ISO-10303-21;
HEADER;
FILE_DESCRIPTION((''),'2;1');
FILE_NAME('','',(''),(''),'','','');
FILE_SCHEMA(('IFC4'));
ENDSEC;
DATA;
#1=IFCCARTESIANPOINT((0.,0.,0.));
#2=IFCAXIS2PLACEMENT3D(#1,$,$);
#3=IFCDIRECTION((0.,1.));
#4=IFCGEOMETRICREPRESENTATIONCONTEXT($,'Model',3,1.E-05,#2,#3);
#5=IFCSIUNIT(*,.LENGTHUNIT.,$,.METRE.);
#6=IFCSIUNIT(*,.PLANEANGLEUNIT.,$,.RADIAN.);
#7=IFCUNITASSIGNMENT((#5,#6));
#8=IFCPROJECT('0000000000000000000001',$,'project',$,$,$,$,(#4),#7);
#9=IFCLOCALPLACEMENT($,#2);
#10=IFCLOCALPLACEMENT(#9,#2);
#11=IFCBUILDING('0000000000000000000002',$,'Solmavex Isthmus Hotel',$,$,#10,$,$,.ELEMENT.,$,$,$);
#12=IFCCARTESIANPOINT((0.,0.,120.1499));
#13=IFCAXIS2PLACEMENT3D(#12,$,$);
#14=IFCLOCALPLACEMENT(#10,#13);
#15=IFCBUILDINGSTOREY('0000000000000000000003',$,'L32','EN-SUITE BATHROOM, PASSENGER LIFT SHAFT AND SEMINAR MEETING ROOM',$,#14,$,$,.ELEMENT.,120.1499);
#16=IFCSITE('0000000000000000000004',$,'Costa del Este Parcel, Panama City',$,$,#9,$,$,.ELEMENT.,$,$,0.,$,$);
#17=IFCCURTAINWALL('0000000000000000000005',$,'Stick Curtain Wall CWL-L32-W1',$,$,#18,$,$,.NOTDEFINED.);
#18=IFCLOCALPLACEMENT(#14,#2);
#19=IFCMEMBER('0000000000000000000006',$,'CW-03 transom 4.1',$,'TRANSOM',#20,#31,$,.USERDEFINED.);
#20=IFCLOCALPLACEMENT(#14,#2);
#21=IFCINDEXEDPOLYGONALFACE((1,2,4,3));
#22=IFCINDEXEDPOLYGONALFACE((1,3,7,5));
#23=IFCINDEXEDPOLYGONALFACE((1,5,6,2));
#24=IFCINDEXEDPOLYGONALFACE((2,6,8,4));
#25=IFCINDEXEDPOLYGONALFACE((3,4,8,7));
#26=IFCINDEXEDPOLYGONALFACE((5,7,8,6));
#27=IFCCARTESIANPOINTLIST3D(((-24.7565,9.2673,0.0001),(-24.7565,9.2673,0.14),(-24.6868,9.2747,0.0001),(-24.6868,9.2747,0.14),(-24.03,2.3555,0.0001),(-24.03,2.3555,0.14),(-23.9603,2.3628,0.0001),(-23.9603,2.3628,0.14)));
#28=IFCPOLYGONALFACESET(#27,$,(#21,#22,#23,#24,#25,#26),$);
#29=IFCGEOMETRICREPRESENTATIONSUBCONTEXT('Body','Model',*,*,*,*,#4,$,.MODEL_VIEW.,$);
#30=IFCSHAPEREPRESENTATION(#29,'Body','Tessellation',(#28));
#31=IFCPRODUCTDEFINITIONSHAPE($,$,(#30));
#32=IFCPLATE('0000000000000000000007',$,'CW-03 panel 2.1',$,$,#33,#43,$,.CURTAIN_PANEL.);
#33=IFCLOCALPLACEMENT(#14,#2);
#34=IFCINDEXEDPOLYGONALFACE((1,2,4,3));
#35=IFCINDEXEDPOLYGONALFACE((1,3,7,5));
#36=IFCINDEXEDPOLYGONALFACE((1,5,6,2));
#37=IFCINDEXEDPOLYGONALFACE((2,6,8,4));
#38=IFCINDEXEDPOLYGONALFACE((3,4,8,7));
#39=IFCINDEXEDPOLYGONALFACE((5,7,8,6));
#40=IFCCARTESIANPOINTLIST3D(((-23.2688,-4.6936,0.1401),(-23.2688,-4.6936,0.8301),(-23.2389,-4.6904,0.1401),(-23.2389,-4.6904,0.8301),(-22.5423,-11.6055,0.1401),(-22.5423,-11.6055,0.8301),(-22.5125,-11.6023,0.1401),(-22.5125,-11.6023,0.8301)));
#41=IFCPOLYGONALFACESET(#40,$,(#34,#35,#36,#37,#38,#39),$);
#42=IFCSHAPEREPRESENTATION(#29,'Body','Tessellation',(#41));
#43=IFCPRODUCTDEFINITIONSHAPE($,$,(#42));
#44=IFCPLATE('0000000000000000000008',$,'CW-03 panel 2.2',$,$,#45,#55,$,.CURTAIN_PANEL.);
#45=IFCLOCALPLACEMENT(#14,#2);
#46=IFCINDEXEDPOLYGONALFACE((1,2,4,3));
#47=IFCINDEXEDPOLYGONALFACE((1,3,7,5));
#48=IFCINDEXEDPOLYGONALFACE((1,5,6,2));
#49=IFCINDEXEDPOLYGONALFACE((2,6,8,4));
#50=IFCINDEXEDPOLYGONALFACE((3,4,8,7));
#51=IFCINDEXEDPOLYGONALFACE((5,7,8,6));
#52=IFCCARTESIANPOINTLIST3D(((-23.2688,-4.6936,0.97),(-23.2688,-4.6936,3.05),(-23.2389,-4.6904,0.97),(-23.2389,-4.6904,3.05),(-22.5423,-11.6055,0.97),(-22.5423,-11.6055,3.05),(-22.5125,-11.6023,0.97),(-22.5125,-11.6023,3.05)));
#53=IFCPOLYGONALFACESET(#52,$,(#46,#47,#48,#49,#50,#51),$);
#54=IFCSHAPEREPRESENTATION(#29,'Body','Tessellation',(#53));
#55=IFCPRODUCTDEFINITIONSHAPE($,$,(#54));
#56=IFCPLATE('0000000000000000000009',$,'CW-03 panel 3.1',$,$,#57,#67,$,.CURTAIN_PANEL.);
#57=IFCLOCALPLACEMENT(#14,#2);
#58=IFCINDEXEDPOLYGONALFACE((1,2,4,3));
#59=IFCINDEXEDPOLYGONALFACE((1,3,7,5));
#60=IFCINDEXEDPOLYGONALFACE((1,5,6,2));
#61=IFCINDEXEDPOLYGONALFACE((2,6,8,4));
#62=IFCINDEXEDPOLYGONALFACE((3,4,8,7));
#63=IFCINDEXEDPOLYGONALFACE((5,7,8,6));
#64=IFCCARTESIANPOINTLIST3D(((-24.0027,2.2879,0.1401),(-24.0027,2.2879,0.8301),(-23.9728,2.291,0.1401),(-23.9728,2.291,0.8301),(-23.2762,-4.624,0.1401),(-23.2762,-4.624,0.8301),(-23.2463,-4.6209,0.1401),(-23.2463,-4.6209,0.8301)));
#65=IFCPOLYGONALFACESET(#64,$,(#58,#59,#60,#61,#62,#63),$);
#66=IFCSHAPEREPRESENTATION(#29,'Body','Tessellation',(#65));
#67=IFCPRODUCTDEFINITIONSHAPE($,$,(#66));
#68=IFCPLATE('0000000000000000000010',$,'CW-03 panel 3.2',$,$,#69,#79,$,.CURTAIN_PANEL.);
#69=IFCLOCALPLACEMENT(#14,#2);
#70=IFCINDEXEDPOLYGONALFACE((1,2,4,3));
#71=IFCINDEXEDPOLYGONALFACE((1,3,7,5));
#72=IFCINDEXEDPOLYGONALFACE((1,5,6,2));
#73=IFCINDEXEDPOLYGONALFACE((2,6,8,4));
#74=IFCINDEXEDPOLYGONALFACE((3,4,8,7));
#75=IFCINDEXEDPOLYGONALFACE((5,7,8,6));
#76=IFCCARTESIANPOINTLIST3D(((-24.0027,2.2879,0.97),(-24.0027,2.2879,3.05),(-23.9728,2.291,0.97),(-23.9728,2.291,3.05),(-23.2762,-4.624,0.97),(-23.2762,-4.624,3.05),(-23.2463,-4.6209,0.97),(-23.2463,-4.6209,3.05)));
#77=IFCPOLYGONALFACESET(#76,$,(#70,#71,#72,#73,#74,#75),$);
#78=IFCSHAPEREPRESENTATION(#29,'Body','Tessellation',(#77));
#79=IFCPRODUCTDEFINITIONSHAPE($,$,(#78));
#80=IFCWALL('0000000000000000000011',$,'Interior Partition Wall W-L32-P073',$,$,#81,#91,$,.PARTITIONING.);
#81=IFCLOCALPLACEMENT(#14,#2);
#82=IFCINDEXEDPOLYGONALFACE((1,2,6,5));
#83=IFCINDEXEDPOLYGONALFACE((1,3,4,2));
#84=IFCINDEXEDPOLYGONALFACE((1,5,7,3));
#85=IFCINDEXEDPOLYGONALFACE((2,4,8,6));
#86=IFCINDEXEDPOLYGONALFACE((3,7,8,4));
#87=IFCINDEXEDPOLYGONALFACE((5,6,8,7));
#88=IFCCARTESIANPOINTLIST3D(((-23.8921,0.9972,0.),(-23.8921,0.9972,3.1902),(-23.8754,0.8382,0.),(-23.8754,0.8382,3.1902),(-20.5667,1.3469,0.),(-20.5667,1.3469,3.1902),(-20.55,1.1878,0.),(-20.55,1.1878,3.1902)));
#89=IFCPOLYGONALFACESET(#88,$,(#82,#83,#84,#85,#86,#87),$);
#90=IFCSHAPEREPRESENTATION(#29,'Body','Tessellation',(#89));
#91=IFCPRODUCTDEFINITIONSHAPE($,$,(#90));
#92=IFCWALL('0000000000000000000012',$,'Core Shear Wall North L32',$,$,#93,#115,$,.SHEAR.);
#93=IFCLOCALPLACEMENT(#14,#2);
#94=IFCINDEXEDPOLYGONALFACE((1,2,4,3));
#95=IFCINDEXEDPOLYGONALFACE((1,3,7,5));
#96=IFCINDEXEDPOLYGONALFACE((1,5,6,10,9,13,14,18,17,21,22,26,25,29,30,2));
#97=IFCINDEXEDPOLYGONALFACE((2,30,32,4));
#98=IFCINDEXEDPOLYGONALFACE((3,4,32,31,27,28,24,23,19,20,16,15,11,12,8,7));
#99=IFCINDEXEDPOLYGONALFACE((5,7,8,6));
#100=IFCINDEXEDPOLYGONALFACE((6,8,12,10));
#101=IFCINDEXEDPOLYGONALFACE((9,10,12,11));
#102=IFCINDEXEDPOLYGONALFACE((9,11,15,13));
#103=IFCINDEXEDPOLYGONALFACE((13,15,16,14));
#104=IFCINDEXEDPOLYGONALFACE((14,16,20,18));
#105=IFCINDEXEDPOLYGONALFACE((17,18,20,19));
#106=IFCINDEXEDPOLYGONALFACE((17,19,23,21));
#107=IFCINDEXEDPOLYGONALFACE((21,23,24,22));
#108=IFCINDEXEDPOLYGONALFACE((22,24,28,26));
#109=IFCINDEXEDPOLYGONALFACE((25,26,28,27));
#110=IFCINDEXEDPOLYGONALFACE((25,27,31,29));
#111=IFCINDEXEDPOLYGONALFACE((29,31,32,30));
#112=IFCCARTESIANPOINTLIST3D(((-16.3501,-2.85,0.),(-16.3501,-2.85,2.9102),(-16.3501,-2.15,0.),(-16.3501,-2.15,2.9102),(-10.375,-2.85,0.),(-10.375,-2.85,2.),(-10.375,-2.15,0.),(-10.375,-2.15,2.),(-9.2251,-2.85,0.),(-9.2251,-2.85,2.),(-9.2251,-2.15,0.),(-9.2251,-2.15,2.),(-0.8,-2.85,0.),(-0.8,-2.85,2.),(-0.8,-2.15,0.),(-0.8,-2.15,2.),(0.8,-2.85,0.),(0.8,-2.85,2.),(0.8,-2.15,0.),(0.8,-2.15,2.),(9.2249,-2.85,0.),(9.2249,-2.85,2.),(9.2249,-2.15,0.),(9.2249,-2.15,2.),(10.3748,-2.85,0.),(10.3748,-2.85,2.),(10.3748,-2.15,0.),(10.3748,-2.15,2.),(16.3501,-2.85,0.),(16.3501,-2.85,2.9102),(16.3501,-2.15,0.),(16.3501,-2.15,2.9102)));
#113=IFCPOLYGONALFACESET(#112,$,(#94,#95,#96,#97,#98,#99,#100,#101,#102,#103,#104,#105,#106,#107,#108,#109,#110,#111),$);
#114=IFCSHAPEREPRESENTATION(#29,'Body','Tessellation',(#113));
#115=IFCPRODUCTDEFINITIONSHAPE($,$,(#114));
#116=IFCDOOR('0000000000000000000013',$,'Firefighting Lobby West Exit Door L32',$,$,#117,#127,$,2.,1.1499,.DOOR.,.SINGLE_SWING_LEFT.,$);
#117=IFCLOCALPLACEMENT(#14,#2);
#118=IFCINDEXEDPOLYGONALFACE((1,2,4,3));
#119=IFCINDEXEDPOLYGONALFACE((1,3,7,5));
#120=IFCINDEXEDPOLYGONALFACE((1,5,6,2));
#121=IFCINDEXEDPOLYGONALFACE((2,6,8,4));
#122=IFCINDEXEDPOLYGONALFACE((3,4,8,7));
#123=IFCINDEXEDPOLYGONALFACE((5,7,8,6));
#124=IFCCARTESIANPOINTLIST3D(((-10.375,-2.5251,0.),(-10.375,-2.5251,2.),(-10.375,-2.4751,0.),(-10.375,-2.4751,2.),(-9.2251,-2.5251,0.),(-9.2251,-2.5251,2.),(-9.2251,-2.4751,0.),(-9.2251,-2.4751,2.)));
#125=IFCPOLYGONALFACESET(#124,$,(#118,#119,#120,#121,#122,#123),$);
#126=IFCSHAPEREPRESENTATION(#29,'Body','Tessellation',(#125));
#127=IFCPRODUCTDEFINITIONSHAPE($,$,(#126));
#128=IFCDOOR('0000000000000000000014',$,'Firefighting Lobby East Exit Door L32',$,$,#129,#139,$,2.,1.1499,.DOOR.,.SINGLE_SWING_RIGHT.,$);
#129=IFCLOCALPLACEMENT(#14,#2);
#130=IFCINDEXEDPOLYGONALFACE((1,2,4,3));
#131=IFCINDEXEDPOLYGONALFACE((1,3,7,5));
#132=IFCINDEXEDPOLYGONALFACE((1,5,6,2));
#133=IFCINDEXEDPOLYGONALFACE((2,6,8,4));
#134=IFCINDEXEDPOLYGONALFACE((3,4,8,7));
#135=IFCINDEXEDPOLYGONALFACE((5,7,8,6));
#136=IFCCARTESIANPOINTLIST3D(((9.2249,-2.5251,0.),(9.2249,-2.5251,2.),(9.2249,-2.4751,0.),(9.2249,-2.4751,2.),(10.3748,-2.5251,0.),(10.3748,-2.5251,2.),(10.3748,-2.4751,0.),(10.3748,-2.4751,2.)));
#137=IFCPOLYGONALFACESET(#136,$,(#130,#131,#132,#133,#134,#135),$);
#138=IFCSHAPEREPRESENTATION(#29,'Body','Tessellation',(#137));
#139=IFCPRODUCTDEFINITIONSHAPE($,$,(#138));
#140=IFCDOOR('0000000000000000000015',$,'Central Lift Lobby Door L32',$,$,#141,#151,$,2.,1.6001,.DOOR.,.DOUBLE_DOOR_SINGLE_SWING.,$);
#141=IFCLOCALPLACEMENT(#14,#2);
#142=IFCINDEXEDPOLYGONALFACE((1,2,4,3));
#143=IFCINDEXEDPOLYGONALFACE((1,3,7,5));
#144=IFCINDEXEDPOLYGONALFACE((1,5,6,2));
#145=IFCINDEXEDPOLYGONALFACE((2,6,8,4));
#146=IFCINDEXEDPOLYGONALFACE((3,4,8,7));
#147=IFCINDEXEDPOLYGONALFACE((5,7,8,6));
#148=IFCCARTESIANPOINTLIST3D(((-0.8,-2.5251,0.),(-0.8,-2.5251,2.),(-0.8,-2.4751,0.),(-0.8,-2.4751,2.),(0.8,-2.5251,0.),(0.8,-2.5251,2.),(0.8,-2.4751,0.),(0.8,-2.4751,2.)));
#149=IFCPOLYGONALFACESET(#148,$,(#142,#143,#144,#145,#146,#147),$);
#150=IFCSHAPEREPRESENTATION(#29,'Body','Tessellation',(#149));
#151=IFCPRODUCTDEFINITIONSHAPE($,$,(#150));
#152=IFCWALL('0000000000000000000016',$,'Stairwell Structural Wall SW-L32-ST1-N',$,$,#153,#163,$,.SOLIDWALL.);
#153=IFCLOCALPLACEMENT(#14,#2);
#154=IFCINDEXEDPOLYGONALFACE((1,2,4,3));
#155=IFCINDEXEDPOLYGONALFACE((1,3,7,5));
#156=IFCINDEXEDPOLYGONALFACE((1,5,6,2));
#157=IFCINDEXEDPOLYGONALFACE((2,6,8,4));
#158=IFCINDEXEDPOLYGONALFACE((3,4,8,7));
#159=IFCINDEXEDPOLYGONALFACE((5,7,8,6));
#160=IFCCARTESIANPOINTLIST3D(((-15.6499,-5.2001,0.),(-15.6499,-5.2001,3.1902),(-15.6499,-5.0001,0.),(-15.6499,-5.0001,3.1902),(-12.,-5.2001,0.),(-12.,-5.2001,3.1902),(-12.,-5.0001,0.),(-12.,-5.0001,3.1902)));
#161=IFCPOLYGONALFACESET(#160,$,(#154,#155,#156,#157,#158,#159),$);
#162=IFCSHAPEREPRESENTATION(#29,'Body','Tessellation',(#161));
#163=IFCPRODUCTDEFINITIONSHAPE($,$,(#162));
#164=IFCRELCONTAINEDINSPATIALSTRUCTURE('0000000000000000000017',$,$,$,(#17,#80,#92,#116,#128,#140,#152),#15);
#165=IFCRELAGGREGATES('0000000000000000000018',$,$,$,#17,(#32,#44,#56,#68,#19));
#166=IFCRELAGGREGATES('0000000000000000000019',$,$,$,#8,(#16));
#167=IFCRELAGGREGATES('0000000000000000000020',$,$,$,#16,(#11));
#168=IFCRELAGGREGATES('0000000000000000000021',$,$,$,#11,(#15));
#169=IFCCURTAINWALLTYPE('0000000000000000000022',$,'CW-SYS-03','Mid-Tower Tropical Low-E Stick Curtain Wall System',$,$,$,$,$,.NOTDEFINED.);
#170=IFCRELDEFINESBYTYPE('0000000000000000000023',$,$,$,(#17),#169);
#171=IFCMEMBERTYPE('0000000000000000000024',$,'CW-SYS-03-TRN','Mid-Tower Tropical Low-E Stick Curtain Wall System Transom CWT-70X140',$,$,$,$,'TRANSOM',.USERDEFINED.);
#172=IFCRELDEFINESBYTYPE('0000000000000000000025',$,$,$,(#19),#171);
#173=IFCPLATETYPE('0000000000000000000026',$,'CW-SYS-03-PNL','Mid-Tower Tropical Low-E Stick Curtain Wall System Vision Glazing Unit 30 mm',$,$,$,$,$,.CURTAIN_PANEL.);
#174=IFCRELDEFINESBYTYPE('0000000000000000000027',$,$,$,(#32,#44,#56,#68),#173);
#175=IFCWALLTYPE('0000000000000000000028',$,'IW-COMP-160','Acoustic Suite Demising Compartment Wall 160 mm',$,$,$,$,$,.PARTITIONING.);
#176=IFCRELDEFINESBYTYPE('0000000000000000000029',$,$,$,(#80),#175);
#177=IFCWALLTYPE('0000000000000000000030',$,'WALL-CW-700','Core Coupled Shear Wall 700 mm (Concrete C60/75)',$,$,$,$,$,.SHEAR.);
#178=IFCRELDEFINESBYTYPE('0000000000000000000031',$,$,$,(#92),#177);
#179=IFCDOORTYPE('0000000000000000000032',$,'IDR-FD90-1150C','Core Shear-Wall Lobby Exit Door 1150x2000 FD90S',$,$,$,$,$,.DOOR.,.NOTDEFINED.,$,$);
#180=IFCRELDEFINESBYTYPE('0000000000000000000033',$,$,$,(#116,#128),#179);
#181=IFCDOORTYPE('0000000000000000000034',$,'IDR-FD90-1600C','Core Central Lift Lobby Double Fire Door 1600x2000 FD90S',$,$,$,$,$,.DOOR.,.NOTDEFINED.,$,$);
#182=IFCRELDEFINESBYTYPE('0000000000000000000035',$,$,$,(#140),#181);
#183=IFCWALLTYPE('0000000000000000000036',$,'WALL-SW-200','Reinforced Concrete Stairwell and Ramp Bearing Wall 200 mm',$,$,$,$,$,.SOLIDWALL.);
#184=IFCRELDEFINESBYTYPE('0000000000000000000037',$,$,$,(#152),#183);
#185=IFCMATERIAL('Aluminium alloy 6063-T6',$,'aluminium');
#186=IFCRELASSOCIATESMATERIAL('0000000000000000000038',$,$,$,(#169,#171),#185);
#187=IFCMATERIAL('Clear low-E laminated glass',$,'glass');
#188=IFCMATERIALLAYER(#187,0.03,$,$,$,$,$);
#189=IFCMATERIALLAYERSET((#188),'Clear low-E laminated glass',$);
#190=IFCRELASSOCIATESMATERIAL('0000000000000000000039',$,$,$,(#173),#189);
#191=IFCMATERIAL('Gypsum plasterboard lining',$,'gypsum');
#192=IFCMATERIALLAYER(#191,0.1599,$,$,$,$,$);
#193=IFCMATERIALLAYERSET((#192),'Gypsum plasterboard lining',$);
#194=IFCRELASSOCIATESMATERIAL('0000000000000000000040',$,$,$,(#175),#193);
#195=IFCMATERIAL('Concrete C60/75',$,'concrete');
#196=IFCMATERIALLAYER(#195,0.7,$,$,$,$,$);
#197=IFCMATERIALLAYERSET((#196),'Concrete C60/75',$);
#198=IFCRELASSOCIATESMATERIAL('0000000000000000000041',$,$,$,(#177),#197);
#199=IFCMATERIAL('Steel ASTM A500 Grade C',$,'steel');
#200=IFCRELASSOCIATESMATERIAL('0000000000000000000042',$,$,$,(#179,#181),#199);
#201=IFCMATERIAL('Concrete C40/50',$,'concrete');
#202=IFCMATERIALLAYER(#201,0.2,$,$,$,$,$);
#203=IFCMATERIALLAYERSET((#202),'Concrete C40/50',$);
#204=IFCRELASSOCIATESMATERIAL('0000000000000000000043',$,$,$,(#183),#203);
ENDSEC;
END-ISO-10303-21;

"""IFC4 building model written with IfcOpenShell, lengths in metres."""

from ifc_helpers import new_model, si_unit, direction, frame, frame_2d, origin, origin_2d, place, context, subcontext, project, spatial, rectangle, extrude, material, layer, layer_set, material_profile, profile_set, type_object, element, fill, aggregate, save


model = new_model("IFC4")

# Units and contexts
model_context = context("Model", 3, precision=1e-05, world=origin(), true_north=direction((0.0, 1.0)))
body_context = subcontext(model_context, "Body", "Model", "MODEL_VIEW")
ifc_project = project(units=[si_unit("LENGTHUNIT", "METRE"), si_unit("PLANEANGLEUNIT", "RADIAN")], contexts=[model_context])

# Site, building, storey
site_placement = place(None, origin())
site = spatial("IfcSite", under=ifc_project, at=site_placement, Name="Costa del Este Parcel, Panama City", CompositionType="ELEMENT", RefElevation=0.0)
building_placement = place(site_placement, origin())
building = spatial("IfcBuilding", under=site, at=building_placement, Name="Solmavex Isthmus Hotel", CompositionType="ELEMENT")
storey_placement = place(building_placement, frame((0.0, 0.0, 120.1499)))
storey = spatial("IfcBuildingStorey", under=building, at=storey_placement, Name="L32", Description="EN-SUITE BATHROOM, PASSENGER LIFT SHAFT AND SEMINAR MEETING ROOM", CompositionType="ELEMENT", Elevation=120.1499)

# Shared definitions
ifc_material_1 = material(Name="Concrete C60/75", Category="concrete")

# Curtain wall, member, plates
ifc_material_2 = material(Name="Aluminium alloy 6063-T6", Category="aluminium")
curtain_wall_type = type_object("IfcCurtainWallType", Name="CW-SYS-03", Description="Mid-Tower Tropical Low-E Stick Curtain Wall System", PredefinedType="NOTDEFINED", material=ifc_material_2)
curtain_wall_placement = place(storey_placement, origin())
curtain_wall = element("IfcCurtainWall", 1, at=curtain_wall_placement, inside=storey, type_object=curtain_wall_type, Name="Stick Curtain Wall CWL-L32-W1", PredefinedType="NOTDEFINED")
ifc_material_profile_1 = material_profile(ifc_material_2, rectangle(XDim=0.0701, YDim=0.1399, at=origin_2d()), Name="CWT-70X140")
ifc_profile_set_1 = profile_set([ifc_material_profile_1], Name="Aluminium alloy 6063-T6")
member_type_1 = type_object("IfcMemberType", Name="CW-SYS-03-TRN", Description="Mid-Tower Tropical Low-E Stick Curtain Wall System Transom CWT-70X140", ElementType="TRANSOM", PredefinedType="USERDEFINED", material=ifc_profile_set_1)
member_1_placement = place(storey_placement, frame((-23.9951, 2.3591, 0.0701), z_axis=(-0.104542, 0.99452, 0.0), x_axis=(-0.99452, -0.104542, 0.0)))
member_1 = element("IfcMember", 2, at=member_1_placement, type_object=member_type_1, Name="CW-03 transom 4.1", ObjectType="TRANSOM", PredefinedType="USERDEFINED", context=body_context, shape_type="SweptSolid", body=[
    extrude(rectangle(XDim=0.0701, YDim=0.1399, at=origin_2d()), origin(), (0.0, 0.0, 1.0), 6.95),
])
ifc_material_3 = material(Name="Clear low-E laminated glass", Category="glass")
ifc_layer_1 = layer(ifc_material_3, 0.03)
ifc_layer_set_1 = layer_set([ifc_layer_1], Name="Clear low-E laminated glass")
plate_type = type_object("IfcPlateType", Name="CW-SYS-03-PNL", Description="Mid-Tower Tropical Low-E Stick Curtain Wall System Vision Glazing Unit 30 mm", PredefinedType="CURTAIN_PANEL", material=ifc_layer_set_1)
plate_1_placement = place(storey_placement, frame((-22.8906, -8.1479, 0.1401), z_axis=(0.0, 0.0, 1.0), x_axis=(-0.104528, 0.994522, 0.0)))
plate_1 = element("IfcPlate", 3, at=plate_1_placement, type_object=plate_type, Name="CW-03 panel 2.1", PredefinedType="CURTAIN_PANEL", context=body_context, shape_type="SweptSolid", body=[
    extrude(rectangle(XDim=6.95, YDim=0.03, at=origin_2d()), origin(), (0.0, 0.0, 1.0), 0.6899),
])
plate_2_placement = place(storey_placement, frame((-22.8906, -8.1479, 0.97), z_axis=(0.0, 0.0, 1.0), x_axis=(-0.104528, 0.994522, 0.0)))
plate_2 = element("IfcPlate", 4, at=plate_2_placement, type_object=plate_type, Name="CW-03 panel 2.2", PredefinedType="CURTAIN_PANEL", context=body_context, shape_type="SweptSolid", body=[
    extrude(rectangle(XDim=6.95, YDim=0.03, at=origin_2d()), origin(), (0.0, 0.0, 1.0), 2.0801),
])
plate_3_placement = place(storey_placement, frame((-23.6245, -1.1665, 0.1401), z_axis=(0.0, 0.0, 1.0), x_axis=(-0.104528, 0.994522, 0.0)))
plate_3 = element("IfcPlate", 5, at=plate_3_placement, type_object=plate_type, Name="CW-03 panel 3.1", PredefinedType="CURTAIN_PANEL", context=body_context, shape_type="SweptSolid", body=[
    extrude(rectangle(XDim=6.95, YDim=0.03, at=origin_2d()), origin(), (0.0, 0.0, 1.0), 0.6899),
])
plate_4_placement = place(storey_placement, frame((-23.6245, -1.1665, 0.97), z_axis=(0.0, 0.0, 1.0), x_axis=(-0.104528, 0.994522, 0.0)))
plate_4 = element("IfcPlate", 6, at=plate_4_placement, type_object=plate_type, Name="CW-03 panel 3.2", PredefinedType="CURTAIN_PANEL", context=body_context, shape_type="SweptSolid", body=[
    extrude(rectangle(XDim=6.95, YDim=0.03, at=origin_2d()), origin(), (0.0, 0.0, 1.0), 2.0801),
])
aggregate(curtain_wall, [plate_1, plate_2, plate_3, plate_4, member_1])

# Wall
ifc_material_4 = material(Name="Gypsum plasterboard lining", Category="gypsum")
ifc_layer_2 = layer(ifc_material_4, 0.1599)
ifc_layer_set_2 = layer_set([ifc_layer_2], Name="Gypsum plasterboard lining")
wall_type_1 = type_object("IfcWallType", Name="IW-COMP-160", Description="Acoustic Suite Demising Compartment Wall 160 mm", PredefinedType="PARTITIONING", material=ifc_layer_set_2)
wall_1_placement = place(storey_placement, frame((-20.5583, 1.2673, 0.0), z_axis=(0.0, 0.0, 1.0), x_axis=(-0.994519, -0.104556, 0.0)))
element("IfcWall", 7, at=wall_1_placement, inside=storey, type_object=wall_type_1, Name="Interior Partition Wall W-L32-P073", PredefinedType="PARTITIONING", context=body_context, shape_type="SweptSolid", body=[
    extrude(rectangle(XDim=3.3438, YDim=0.1599, at=frame_2d((1.6719, 0.0))), origin(), (0.0, 0.0, 1.0), 3.1902),
])

# Wall, openings, doors
ifc_layer_3 = layer(ifc_material_1, 0.7)
ifc_layer_set_3 = layer_set([ifc_layer_3], Name="Concrete C60/75")
wall_type_2 = type_object("IfcWallType", Name="WALL-CW-700", Description="Core Coupled Shear Wall 700 mm (Concrete C60/75)", PredefinedType="SHEAR", material=ifc_layer_set_3)
wall_2_placement = place(storey_placement, frame((-16.3501, -2.5, 0.0), z_axis=(0.0, 0.0, 1.0), x_axis=(1.0, 0.0, 0.0)))
wall_2 = element("IfcWall", 8, at=wall_2_placement, inside=storey, type_object=wall_type_2, Name="Core Shear Wall North L32", PredefinedType="SHEAR", context=body_context, shape_type="SweptSolid", body=[
    extrude(rectangle(XDim=32.7002, YDim=0.7, at=frame_2d((16.3501, 0.0))), origin(), (0.0, 0.0, 1.0), 2.9102),
])
opening_1_placement = place(wall_2_placement, frame((5.9751, 0.0, 0.0)))
opening_1 = element("IfcOpeningElement", 9, at=opening_1_placement, cuts=wall_2, PredefinedType="OPENING", context=body_context, shape_type="SweptSolid", body=[
    extrude(rectangle(XDim=1.1499, YDim=2.0, at=frame_2d((0.575, 1.0))), frame((0.0, 0.3599, 0.0), z_axis=(0.0, -1.0, 0.0), x_axis=(1.0, 0.0, 0.0)), (0.0, 0.0, 1.0), 0.72),
])
opening_2_placement = place(wall_2_placement, frame((15.55, 0.0, 0.0)))
opening_2 = element("IfcOpeningElement", 10, at=opening_2_placement, cuts=wall_2, PredefinedType="OPENING", context=body_context, shape_type="SweptSolid", body=[
    extrude(rectangle(XDim=1.6001, YDim=2.0, at=frame_2d((0.8, 1.0))), frame((0.0, 0.3599, 0.0), z_axis=(0.0, -1.0, 0.0), x_axis=(1.0, 0.0, 0.0)), (0.0, 0.0, 1.0), 0.72),
])
opening_3_placement = place(wall_2_placement, frame((25.575, 0.0, 0.0)))
opening_3 = element("IfcOpeningElement", 11, at=opening_3_placement, cuts=wall_2, PredefinedType="OPENING", context=body_context, shape_type="SweptSolid", body=[
    extrude(rectangle(XDim=1.1499, YDim=2.0, at=frame_2d((0.575, 1.0))), frame((0.0, 0.3599, 0.0), z_axis=(0.0, -1.0, 0.0), x_axis=(1.0, 0.0, 0.0)), (0.0, 0.0, 1.0), 0.72),
])
ifc_material_5 = material(Name="Steel ASTM A500 Grade C", Category="steel")
door_type_1 = type_object("IfcDoorType", Name="IDR-FD90-1150C", Description="Core Shear-Wall Lobby Exit Door 1150x2000 FD90S", OperationType="NOTDEFINED", PredefinedType="DOOR", material=ifc_material_5)
door_1_placement = place(opening_1_placement, origin())
door_1 = element("IfcDoor", 12, at=door_1_placement, inside=storey, type_object=door_type_1, Name="Firefighting Lobby West Exit Door L32", OperationType="SINGLE_SWING_LEFT", OverallHeight=2.0, OverallWidth=1.1499, PredefinedType="DOOR", context=body_context, shape_type="SweptSolid", body=[
    extrude(rectangle(XDim=1.1499, YDim=2.0, at=frame_2d((0.575, 1.0))), frame((0.0, 0.0249, 0.0), z_axis=(0.0, -1.0, 0.0), x_axis=(1.0, 0.0, 0.0)), (0.0, 0.0, 1.0), 0.05),
])
fill(opening_1, door_1)
door_2_placement = place(opening_3_placement, origin())
door_2 = element("IfcDoor", 13, at=door_2_placement, inside=storey, type_object=door_type_1, Name="Firefighting Lobby East Exit Door L32", OperationType="SINGLE_SWING_RIGHT", OverallHeight=2.0, OverallWidth=1.1499, PredefinedType="DOOR", context=body_context, shape_type="SweptSolid", body=[
    extrude(rectangle(XDim=1.1499, YDim=2.0, at=frame_2d((0.575, 1.0))), frame((0.0, 0.0249, 0.0), z_axis=(0.0, -1.0, 0.0), x_axis=(1.0, 0.0, 0.0)), (0.0, 0.0, 1.0), 0.05),
])
fill(opening_3, door_2)
door_type_2 = type_object("IfcDoorType", Name="IDR-FD90-1600C", Description="Core Central Lift Lobby Double Fire Door 1600x2000 FD90S", OperationType="NOTDEFINED", PredefinedType="DOOR", material=ifc_material_5)
door_3_placement = place(opening_2_placement, origin())
door_3 = element("IfcDoor", 14, at=door_3_placement, inside=storey, type_object=door_type_2, Name="Central Lift Lobby Door L32", OperationType="DOUBLE_DOOR_SINGLE_SWING", OverallHeight=2.0, OverallWidth=1.6001, PredefinedType="DOOR", context=body_context, shape_type="SweptSolid", body=[
    extrude(rectangle(XDim=1.6001, YDim=2.0, at=frame_2d((0.8, 1.0))), frame((0.0, 0.0249, 0.0), z_axis=(0.0, -1.0, 0.0), x_axis=(1.0, 0.0, 0.0)), (0.0, 0.0, 1.0), 0.05),
])
fill(opening_2, door_3)

# Wall
ifc_material_6 = material(Name="Concrete C40/50", Category="concrete")
ifc_layer_4 = layer(ifc_material_6, 0.2)
ifc_layer_set_4 = layer_set([ifc_layer_4], Name="Concrete C40/50")
wall_type_3 = type_object("IfcWallType", Name="WALL-SW-200", Description="Reinforced Concrete Stairwell and Ramp Bearing Wall 200 mm", PredefinedType="SOLIDWALL", material=ifc_layer_set_4)
wall_3_placement = place(storey_placement, frame((-15.6499, -5.1001, 0.0), z_axis=(0.0, 0.0, 1.0), x_axis=(1.0, 0.0, 0.0)))
element("IfcWall", 15, at=wall_3_placement, inside=storey, type_object=wall_type_3, Name="Stairwell Structural Wall SW-L32-ST1-N", PredefinedType="SOLIDWALL", context=body_context, shape_type="SweptSolid", body=[
    extrude(rectangle(XDim=3.6499, YDim=0.2, at=frame_2d((1.825, 0.0))), origin(), (0.0, 0.0, 1.0), 3.1902),
])

save(model, "model.ifc")
